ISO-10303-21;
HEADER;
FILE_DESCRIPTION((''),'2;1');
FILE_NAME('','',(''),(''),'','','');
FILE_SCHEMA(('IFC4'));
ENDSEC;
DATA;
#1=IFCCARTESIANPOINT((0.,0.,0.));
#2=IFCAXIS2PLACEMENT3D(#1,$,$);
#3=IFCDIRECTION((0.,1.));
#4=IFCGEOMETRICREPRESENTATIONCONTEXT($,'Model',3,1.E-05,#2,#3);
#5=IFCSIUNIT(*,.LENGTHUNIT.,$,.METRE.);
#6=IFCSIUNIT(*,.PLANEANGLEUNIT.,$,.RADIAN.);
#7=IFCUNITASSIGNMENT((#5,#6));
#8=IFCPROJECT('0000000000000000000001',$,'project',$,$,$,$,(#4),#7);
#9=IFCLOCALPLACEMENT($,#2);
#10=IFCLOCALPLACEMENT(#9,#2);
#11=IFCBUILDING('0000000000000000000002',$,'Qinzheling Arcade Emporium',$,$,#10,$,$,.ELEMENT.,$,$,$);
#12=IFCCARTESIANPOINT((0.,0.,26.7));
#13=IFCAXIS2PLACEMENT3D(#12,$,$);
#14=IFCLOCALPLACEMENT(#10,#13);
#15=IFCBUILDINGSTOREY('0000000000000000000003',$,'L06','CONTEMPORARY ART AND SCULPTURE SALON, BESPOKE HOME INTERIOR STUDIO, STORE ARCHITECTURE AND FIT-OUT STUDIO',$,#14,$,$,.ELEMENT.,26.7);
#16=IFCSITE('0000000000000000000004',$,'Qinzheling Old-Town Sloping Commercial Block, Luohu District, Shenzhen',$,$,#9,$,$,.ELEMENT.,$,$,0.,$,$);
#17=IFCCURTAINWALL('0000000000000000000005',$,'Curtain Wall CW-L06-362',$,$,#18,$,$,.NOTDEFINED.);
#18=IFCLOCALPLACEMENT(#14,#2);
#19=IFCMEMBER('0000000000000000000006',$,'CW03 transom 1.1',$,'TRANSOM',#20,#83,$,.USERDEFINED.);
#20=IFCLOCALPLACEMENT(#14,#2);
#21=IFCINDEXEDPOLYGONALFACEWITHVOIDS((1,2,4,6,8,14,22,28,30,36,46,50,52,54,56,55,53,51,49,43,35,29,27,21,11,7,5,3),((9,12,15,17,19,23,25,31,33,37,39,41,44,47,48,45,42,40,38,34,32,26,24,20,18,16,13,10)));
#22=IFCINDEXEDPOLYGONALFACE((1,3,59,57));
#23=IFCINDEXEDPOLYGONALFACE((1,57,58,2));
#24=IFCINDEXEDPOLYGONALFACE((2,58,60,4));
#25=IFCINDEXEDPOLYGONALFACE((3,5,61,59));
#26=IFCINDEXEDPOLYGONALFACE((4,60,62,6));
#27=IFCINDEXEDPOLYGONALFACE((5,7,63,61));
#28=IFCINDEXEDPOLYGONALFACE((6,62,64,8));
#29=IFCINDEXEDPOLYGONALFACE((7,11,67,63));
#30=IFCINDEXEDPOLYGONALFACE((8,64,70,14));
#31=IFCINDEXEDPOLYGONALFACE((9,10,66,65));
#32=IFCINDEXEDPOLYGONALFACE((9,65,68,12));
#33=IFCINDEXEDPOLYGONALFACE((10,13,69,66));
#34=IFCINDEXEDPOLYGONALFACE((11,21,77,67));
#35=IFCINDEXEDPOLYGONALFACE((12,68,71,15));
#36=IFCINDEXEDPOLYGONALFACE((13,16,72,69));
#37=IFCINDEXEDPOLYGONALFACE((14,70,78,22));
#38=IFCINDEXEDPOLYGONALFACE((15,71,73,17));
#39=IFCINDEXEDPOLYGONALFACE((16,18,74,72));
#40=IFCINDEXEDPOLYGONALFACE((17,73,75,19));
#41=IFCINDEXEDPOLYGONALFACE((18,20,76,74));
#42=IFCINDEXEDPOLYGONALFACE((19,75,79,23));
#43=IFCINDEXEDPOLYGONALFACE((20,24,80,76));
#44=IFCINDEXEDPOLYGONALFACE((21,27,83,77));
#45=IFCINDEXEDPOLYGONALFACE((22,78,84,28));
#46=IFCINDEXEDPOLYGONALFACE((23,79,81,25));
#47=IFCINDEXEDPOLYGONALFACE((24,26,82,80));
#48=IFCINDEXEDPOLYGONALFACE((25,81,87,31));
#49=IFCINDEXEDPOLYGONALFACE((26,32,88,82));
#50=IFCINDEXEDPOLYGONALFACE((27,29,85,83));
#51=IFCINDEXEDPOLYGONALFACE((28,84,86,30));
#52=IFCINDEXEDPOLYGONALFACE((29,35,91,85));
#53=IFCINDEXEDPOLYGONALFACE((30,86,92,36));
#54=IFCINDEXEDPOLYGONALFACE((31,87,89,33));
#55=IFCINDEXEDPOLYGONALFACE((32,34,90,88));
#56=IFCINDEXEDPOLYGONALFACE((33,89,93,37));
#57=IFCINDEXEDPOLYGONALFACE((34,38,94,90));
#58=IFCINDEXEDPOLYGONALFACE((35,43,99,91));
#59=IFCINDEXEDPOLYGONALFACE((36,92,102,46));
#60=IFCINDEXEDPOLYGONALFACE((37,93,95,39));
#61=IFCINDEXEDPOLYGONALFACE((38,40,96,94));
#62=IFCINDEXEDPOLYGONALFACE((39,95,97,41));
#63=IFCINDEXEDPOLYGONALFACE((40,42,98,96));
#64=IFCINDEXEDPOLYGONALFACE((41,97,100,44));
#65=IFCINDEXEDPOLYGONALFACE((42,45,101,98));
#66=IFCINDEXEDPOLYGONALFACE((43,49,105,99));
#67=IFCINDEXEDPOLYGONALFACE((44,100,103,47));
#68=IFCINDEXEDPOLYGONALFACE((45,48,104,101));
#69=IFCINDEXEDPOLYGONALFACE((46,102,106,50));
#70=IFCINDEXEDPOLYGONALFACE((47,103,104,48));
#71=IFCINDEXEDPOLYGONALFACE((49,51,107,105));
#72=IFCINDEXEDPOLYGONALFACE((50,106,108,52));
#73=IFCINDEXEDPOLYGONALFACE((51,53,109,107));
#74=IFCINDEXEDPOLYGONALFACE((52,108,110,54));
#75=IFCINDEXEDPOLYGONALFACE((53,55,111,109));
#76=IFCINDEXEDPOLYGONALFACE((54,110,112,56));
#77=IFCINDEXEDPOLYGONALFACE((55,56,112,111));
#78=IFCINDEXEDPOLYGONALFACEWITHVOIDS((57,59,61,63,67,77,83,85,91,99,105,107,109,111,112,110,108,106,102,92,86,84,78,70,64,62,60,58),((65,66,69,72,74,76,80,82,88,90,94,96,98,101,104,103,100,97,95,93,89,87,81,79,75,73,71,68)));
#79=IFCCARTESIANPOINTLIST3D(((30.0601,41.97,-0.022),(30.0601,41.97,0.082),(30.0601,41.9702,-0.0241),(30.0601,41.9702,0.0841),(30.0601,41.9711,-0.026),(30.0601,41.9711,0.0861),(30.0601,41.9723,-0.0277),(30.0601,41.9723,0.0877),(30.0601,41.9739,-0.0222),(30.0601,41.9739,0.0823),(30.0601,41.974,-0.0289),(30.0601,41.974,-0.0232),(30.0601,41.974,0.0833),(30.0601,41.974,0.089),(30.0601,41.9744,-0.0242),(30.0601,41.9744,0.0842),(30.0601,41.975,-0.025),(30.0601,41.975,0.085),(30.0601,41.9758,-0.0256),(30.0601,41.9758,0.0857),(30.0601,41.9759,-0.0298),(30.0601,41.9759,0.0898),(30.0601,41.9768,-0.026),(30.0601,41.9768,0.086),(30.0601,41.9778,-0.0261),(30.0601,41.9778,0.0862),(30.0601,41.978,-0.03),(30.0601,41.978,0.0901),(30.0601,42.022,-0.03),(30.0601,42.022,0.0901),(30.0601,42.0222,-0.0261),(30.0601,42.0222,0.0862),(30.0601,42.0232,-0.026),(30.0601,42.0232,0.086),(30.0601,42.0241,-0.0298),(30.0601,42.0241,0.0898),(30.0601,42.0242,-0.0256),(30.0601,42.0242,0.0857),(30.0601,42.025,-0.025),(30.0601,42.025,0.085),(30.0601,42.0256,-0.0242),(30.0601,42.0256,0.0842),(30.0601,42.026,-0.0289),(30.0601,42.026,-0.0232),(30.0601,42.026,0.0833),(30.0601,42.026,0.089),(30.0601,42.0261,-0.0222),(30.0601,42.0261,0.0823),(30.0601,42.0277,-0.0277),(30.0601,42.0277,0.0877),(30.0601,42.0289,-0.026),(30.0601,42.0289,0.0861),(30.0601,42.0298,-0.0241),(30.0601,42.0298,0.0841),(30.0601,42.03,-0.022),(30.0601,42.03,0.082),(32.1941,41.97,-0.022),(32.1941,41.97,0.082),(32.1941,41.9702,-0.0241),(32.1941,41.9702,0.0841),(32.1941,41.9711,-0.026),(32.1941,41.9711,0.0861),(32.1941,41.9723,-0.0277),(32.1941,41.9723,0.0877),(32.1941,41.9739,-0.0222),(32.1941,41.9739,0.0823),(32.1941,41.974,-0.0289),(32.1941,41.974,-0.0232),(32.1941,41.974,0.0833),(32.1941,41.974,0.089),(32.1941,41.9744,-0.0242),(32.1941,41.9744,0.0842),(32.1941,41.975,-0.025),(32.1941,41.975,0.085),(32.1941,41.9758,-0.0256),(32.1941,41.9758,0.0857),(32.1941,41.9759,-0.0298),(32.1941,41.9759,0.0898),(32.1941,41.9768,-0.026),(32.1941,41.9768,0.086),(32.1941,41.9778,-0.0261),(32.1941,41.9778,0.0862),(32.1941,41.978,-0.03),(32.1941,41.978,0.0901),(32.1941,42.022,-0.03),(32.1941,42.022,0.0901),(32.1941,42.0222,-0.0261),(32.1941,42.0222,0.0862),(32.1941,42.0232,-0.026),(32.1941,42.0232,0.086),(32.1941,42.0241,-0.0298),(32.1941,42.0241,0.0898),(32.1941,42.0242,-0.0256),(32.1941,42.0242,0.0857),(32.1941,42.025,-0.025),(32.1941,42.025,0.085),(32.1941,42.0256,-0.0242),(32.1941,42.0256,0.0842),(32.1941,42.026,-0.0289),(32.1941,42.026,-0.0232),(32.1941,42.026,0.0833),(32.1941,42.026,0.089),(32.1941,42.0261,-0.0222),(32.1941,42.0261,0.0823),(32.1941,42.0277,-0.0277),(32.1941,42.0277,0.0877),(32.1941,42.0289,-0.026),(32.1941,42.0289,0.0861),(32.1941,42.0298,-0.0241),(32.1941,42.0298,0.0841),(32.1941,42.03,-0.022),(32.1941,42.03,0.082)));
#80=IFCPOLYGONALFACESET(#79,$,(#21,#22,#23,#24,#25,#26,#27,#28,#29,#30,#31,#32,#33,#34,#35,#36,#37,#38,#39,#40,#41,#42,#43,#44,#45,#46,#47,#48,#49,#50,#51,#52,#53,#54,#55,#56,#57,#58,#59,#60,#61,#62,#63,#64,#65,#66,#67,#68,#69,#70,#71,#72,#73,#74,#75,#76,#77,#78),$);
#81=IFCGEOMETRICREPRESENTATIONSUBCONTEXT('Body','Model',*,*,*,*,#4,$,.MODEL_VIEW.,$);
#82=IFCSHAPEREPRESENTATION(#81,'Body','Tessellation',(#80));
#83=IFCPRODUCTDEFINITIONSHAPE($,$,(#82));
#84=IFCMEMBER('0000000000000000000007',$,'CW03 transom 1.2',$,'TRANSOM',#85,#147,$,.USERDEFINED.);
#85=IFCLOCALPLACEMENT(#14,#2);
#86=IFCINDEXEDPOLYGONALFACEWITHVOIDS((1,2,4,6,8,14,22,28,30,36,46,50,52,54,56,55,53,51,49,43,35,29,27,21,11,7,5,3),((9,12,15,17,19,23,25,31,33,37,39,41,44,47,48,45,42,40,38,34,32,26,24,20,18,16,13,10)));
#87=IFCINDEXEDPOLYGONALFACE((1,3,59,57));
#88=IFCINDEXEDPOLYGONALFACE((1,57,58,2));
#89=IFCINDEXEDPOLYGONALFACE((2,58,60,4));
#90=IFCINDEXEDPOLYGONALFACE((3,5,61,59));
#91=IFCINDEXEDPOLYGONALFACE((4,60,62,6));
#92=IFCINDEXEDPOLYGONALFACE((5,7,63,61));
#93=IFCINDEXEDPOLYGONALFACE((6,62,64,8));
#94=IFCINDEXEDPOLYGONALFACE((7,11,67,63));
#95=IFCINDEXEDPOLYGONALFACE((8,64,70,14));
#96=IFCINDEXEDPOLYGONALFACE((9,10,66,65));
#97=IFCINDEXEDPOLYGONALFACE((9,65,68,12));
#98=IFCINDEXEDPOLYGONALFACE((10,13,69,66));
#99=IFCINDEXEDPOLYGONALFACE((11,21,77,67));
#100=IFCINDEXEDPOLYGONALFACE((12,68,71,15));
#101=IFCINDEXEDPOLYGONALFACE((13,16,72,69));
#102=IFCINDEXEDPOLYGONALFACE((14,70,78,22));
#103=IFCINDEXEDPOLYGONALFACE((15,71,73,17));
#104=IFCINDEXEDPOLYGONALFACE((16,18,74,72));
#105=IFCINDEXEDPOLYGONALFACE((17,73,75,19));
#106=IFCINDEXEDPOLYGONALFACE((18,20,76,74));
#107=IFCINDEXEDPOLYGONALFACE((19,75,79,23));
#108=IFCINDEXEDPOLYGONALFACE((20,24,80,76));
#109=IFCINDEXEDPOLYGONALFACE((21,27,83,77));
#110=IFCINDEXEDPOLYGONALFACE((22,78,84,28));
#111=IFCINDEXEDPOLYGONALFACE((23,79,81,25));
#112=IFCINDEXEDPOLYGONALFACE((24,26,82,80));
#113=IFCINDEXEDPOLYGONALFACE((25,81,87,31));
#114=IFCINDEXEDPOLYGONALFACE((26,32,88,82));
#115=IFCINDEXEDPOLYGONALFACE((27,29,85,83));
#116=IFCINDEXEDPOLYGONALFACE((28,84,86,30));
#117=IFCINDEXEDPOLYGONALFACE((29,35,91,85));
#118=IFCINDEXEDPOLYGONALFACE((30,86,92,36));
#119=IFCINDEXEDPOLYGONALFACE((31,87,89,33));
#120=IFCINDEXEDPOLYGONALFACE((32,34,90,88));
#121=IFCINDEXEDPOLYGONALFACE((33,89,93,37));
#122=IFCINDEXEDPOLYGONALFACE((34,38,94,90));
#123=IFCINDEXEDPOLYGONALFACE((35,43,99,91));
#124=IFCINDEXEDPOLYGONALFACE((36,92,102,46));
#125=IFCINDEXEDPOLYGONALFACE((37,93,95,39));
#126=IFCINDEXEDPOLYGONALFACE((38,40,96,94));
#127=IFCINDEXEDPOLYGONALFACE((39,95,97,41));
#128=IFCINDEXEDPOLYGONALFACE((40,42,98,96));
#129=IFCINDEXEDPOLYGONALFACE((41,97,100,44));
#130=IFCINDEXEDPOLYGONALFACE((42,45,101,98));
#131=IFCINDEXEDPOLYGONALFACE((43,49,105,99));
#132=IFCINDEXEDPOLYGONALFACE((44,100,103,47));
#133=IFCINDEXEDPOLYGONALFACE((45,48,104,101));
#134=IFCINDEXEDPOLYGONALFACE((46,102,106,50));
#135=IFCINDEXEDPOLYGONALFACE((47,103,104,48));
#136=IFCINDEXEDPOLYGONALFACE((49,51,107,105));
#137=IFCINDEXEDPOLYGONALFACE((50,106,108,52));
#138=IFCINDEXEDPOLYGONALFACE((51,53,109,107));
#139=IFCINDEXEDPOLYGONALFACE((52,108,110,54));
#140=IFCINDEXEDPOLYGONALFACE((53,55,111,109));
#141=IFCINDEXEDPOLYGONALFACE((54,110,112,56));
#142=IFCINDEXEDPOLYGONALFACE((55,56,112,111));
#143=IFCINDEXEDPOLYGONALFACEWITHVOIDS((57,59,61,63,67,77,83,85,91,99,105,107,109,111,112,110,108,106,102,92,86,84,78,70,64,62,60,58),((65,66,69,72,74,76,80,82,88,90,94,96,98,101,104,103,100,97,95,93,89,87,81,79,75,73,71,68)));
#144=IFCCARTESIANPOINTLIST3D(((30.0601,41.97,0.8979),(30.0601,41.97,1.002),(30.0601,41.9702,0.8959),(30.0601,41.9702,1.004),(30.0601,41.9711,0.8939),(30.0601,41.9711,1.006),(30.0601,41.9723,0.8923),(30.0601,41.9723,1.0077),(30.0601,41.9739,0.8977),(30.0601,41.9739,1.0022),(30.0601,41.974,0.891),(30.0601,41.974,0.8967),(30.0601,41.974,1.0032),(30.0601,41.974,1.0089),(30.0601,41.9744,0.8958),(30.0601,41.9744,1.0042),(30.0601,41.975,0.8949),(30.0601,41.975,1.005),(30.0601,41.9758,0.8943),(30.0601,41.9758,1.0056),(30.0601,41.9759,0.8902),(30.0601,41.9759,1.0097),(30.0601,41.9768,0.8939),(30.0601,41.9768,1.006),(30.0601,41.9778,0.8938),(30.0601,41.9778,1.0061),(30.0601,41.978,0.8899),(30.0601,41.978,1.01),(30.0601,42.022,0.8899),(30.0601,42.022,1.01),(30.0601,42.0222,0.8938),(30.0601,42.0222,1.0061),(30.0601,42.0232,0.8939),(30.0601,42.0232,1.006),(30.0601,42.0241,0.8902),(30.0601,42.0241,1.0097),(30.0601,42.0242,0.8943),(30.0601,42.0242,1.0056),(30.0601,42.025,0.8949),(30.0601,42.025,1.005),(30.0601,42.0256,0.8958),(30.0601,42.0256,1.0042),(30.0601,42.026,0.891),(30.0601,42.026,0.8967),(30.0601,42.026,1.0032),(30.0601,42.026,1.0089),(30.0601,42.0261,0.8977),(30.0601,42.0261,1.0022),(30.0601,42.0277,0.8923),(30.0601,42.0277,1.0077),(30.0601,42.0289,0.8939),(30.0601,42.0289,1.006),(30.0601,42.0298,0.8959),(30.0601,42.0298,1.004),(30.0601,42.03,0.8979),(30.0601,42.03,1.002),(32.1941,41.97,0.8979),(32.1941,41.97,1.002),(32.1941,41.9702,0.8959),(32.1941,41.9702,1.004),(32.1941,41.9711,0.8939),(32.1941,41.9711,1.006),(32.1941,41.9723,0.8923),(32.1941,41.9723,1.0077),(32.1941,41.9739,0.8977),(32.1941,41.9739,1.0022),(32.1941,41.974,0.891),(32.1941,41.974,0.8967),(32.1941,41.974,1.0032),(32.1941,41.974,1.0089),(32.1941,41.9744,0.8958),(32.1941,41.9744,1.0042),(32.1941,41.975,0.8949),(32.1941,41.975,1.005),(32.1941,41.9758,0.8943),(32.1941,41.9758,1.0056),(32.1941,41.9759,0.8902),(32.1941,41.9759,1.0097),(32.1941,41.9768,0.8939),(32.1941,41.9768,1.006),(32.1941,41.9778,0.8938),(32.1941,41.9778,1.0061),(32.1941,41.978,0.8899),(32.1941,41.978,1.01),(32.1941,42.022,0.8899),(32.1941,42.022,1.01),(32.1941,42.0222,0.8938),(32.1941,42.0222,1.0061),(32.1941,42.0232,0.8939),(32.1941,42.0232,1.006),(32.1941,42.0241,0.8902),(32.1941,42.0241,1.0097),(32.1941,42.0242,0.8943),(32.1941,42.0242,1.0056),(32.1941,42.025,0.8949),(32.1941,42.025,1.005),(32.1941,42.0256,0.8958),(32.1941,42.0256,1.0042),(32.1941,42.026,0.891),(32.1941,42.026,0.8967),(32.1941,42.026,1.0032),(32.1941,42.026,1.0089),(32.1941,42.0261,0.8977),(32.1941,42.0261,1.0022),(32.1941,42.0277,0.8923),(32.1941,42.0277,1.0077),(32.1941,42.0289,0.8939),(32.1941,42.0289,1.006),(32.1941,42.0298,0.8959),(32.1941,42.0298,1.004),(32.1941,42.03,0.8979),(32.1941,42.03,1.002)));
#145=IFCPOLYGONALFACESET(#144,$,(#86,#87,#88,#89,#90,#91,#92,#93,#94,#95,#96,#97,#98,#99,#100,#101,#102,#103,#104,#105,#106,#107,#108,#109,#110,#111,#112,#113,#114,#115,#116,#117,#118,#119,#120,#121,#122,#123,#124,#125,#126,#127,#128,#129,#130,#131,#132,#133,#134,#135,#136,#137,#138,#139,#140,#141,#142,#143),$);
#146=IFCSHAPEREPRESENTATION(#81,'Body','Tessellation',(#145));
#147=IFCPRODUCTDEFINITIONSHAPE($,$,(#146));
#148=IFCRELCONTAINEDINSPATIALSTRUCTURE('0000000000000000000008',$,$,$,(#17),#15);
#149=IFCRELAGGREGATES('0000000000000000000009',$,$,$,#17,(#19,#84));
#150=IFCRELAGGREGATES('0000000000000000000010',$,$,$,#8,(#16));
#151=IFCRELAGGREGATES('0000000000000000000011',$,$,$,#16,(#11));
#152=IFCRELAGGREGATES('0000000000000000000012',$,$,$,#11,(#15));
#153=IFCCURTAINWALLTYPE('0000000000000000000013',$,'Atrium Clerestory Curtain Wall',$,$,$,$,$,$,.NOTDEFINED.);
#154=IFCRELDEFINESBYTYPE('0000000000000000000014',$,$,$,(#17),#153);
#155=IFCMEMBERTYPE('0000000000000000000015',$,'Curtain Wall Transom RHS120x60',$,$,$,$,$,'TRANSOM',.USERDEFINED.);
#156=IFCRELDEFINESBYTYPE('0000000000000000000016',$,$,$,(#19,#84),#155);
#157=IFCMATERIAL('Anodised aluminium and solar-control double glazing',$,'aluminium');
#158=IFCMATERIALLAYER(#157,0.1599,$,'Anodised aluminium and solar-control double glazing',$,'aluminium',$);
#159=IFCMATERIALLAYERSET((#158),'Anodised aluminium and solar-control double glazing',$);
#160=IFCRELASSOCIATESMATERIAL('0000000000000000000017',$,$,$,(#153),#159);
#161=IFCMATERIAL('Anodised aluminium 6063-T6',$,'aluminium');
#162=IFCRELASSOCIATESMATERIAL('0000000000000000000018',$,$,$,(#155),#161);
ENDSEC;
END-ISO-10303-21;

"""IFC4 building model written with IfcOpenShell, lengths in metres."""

from ifc_helpers import new_model, si_unit, direction, frame, origin, origin_2d, place, context, subcontext, project, spatial, hollow_rectangle, extrude, material, layer, layer_set, material_profile, profile_set, type_object, element, aggregate, save


model = new_model("IFC4")

# Units and contexts
model_context = context("Model", 3, precision=1e-05, world=origin(), true_north=direction((0.0, 1.0)))
body_context = subcontext(model_context, "Body", "Model", "MODEL_VIEW")
ifc_project = project(units=[si_unit("LENGTHUNIT", "METRE"), si_unit("PLANEANGLEUNIT", "RADIAN")], contexts=[model_context])

# Site, building, storey
site_placement = place(None, origin())
site = spatial("IfcSite", under=ifc_project, at=site_placement, Name="Qinzheling Old-Town Sloping Commercial Block, Luohu District, Shenzhen", CompositionType="ELEMENT", RefElevation=0.0)
building_placement = place(site_placement, origin())
building = spatial("IfcBuilding", under=site, at=building_placement, Name="Qinzheling Arcade Emporium", CompositionType="ELEMENT")
storey_placement = place(building_placement, frame((0.0, 0.0, 26.7)))
storey = spatial("IfcBuildingStorey", under=building, at=storey_placement, Name="L06", Description="CONTEMPORARY ART AND SCULPTURE SALON, BESPOKE HOME INTERIOR STUDIO, STORE ARCHITECTURE AND FIT-OUT STUDIO", CompositionType="ELEMENT", Elevation=26.7)

# Shared definitions
ifc_material_1 = material(Name="Anodised aluminium and solar-control double glazing", Category="aluminium")
ifc_layer_1 = layer(ifc_material_1, 0.1599, Name="Anodised aluminium and solar-control double glazing", Category="aluminium")
ifc_layer_set_1 = layer_set([ifc_layer_1], Name="Anodised aluminium and solar-control double glazing")
curtain_wall_type = type_object("IfcCurtainWallType", Name="Atrium Clerestory Curtain Wall", PredefinedType="NOTDEFINED", material=ifc_layer_set_1)
ifc_material_2 = material(Name="Anodised aluminium 6063-T6", Category="aluminium")

# Curtain wall
curtain_wall_1_placement = place(storey_placement, origin())
curtain_wall_1 = element("IfcCurtainWall", 1, at=curtain_wall_1_placement, inside=storey, type_object=curtain_wall_type, Name="Curtain Wall CW-L06-362", PredefinedType="NOTDEFINED")

# Members
ifc_material_profile_1 = material_profile(ifc_material_2, hollow_rectangle(XDim=0.0601, YDim=0.1201, WallThickness=0.0039, InnerFilletRadius=0.0039, OuterFilletRadius=0.0081, at=origin_2d()), Name="RHS 120x60x4", Category="aluminium")
ifc_profile_set_1 = profile_set([ifc_material_profile_1], Name="Anodised aluminium 6063-T6")
member_type_1 = type_object("IfcMemberType", Name="Curtain Wall Transom RHS120x60", ElementType="TRANSOM", PredefinedType="USERDEFINED", material=ifc_profile_set_1)
member_1_placement = place(storey_placement, frame((30.0601, 42.0, 0.03), z_axis=(1.0, 0.0, 0.0), x_axis=(0.0, 1.0, 0.0)))
member_1 = element("IfcMember", 2, at=member_1_placement, type_object=member_type_1, Name="CW03 transom 1.1", ObjectType="TRANSOM", PredefinedType="USERDEFINED", context=body_context, shape_type="SweptSolid", body=[
    extrude(hollow_rectangle(XDim=0.0601, YDim=0.1201, WallThickness=0.0039, InnerFilletRadius=0.0039, OuterFilletRadius=0.0081, at=origin_2d()), origin(), (0.0, 0.0, 1.0), 2.134),
])
member_2_placement = place(storey_placement, frame((30.0601, 42.0, 0.95), z_axis=(1.0, 0.0, 0.0), x_axis=(0.0, 1.0, 0.0)))
member_2 = element("IfcMember", 3, at=member_2_placement, type_object=member_type_1, Name="CW03 transom 1.2", ObjectType="TRANSOM", PredefinedType="USERDEFINED", context=body_context, shape_type="SweptSolid", body=[
    extrude(hollow_rectangle(XDim=0.0601, YDim=0.1201, WallThickness=0.0039, InnerFilletRadius=0.0039, OuterFilletRadius=0.0081, at=origin_2d()), origin(), (0.0, 0.0, 1.0), 2.134),
])

aggregate(curtain_wall_1, [member_1, member_2])

save(model, "model.ifc")
